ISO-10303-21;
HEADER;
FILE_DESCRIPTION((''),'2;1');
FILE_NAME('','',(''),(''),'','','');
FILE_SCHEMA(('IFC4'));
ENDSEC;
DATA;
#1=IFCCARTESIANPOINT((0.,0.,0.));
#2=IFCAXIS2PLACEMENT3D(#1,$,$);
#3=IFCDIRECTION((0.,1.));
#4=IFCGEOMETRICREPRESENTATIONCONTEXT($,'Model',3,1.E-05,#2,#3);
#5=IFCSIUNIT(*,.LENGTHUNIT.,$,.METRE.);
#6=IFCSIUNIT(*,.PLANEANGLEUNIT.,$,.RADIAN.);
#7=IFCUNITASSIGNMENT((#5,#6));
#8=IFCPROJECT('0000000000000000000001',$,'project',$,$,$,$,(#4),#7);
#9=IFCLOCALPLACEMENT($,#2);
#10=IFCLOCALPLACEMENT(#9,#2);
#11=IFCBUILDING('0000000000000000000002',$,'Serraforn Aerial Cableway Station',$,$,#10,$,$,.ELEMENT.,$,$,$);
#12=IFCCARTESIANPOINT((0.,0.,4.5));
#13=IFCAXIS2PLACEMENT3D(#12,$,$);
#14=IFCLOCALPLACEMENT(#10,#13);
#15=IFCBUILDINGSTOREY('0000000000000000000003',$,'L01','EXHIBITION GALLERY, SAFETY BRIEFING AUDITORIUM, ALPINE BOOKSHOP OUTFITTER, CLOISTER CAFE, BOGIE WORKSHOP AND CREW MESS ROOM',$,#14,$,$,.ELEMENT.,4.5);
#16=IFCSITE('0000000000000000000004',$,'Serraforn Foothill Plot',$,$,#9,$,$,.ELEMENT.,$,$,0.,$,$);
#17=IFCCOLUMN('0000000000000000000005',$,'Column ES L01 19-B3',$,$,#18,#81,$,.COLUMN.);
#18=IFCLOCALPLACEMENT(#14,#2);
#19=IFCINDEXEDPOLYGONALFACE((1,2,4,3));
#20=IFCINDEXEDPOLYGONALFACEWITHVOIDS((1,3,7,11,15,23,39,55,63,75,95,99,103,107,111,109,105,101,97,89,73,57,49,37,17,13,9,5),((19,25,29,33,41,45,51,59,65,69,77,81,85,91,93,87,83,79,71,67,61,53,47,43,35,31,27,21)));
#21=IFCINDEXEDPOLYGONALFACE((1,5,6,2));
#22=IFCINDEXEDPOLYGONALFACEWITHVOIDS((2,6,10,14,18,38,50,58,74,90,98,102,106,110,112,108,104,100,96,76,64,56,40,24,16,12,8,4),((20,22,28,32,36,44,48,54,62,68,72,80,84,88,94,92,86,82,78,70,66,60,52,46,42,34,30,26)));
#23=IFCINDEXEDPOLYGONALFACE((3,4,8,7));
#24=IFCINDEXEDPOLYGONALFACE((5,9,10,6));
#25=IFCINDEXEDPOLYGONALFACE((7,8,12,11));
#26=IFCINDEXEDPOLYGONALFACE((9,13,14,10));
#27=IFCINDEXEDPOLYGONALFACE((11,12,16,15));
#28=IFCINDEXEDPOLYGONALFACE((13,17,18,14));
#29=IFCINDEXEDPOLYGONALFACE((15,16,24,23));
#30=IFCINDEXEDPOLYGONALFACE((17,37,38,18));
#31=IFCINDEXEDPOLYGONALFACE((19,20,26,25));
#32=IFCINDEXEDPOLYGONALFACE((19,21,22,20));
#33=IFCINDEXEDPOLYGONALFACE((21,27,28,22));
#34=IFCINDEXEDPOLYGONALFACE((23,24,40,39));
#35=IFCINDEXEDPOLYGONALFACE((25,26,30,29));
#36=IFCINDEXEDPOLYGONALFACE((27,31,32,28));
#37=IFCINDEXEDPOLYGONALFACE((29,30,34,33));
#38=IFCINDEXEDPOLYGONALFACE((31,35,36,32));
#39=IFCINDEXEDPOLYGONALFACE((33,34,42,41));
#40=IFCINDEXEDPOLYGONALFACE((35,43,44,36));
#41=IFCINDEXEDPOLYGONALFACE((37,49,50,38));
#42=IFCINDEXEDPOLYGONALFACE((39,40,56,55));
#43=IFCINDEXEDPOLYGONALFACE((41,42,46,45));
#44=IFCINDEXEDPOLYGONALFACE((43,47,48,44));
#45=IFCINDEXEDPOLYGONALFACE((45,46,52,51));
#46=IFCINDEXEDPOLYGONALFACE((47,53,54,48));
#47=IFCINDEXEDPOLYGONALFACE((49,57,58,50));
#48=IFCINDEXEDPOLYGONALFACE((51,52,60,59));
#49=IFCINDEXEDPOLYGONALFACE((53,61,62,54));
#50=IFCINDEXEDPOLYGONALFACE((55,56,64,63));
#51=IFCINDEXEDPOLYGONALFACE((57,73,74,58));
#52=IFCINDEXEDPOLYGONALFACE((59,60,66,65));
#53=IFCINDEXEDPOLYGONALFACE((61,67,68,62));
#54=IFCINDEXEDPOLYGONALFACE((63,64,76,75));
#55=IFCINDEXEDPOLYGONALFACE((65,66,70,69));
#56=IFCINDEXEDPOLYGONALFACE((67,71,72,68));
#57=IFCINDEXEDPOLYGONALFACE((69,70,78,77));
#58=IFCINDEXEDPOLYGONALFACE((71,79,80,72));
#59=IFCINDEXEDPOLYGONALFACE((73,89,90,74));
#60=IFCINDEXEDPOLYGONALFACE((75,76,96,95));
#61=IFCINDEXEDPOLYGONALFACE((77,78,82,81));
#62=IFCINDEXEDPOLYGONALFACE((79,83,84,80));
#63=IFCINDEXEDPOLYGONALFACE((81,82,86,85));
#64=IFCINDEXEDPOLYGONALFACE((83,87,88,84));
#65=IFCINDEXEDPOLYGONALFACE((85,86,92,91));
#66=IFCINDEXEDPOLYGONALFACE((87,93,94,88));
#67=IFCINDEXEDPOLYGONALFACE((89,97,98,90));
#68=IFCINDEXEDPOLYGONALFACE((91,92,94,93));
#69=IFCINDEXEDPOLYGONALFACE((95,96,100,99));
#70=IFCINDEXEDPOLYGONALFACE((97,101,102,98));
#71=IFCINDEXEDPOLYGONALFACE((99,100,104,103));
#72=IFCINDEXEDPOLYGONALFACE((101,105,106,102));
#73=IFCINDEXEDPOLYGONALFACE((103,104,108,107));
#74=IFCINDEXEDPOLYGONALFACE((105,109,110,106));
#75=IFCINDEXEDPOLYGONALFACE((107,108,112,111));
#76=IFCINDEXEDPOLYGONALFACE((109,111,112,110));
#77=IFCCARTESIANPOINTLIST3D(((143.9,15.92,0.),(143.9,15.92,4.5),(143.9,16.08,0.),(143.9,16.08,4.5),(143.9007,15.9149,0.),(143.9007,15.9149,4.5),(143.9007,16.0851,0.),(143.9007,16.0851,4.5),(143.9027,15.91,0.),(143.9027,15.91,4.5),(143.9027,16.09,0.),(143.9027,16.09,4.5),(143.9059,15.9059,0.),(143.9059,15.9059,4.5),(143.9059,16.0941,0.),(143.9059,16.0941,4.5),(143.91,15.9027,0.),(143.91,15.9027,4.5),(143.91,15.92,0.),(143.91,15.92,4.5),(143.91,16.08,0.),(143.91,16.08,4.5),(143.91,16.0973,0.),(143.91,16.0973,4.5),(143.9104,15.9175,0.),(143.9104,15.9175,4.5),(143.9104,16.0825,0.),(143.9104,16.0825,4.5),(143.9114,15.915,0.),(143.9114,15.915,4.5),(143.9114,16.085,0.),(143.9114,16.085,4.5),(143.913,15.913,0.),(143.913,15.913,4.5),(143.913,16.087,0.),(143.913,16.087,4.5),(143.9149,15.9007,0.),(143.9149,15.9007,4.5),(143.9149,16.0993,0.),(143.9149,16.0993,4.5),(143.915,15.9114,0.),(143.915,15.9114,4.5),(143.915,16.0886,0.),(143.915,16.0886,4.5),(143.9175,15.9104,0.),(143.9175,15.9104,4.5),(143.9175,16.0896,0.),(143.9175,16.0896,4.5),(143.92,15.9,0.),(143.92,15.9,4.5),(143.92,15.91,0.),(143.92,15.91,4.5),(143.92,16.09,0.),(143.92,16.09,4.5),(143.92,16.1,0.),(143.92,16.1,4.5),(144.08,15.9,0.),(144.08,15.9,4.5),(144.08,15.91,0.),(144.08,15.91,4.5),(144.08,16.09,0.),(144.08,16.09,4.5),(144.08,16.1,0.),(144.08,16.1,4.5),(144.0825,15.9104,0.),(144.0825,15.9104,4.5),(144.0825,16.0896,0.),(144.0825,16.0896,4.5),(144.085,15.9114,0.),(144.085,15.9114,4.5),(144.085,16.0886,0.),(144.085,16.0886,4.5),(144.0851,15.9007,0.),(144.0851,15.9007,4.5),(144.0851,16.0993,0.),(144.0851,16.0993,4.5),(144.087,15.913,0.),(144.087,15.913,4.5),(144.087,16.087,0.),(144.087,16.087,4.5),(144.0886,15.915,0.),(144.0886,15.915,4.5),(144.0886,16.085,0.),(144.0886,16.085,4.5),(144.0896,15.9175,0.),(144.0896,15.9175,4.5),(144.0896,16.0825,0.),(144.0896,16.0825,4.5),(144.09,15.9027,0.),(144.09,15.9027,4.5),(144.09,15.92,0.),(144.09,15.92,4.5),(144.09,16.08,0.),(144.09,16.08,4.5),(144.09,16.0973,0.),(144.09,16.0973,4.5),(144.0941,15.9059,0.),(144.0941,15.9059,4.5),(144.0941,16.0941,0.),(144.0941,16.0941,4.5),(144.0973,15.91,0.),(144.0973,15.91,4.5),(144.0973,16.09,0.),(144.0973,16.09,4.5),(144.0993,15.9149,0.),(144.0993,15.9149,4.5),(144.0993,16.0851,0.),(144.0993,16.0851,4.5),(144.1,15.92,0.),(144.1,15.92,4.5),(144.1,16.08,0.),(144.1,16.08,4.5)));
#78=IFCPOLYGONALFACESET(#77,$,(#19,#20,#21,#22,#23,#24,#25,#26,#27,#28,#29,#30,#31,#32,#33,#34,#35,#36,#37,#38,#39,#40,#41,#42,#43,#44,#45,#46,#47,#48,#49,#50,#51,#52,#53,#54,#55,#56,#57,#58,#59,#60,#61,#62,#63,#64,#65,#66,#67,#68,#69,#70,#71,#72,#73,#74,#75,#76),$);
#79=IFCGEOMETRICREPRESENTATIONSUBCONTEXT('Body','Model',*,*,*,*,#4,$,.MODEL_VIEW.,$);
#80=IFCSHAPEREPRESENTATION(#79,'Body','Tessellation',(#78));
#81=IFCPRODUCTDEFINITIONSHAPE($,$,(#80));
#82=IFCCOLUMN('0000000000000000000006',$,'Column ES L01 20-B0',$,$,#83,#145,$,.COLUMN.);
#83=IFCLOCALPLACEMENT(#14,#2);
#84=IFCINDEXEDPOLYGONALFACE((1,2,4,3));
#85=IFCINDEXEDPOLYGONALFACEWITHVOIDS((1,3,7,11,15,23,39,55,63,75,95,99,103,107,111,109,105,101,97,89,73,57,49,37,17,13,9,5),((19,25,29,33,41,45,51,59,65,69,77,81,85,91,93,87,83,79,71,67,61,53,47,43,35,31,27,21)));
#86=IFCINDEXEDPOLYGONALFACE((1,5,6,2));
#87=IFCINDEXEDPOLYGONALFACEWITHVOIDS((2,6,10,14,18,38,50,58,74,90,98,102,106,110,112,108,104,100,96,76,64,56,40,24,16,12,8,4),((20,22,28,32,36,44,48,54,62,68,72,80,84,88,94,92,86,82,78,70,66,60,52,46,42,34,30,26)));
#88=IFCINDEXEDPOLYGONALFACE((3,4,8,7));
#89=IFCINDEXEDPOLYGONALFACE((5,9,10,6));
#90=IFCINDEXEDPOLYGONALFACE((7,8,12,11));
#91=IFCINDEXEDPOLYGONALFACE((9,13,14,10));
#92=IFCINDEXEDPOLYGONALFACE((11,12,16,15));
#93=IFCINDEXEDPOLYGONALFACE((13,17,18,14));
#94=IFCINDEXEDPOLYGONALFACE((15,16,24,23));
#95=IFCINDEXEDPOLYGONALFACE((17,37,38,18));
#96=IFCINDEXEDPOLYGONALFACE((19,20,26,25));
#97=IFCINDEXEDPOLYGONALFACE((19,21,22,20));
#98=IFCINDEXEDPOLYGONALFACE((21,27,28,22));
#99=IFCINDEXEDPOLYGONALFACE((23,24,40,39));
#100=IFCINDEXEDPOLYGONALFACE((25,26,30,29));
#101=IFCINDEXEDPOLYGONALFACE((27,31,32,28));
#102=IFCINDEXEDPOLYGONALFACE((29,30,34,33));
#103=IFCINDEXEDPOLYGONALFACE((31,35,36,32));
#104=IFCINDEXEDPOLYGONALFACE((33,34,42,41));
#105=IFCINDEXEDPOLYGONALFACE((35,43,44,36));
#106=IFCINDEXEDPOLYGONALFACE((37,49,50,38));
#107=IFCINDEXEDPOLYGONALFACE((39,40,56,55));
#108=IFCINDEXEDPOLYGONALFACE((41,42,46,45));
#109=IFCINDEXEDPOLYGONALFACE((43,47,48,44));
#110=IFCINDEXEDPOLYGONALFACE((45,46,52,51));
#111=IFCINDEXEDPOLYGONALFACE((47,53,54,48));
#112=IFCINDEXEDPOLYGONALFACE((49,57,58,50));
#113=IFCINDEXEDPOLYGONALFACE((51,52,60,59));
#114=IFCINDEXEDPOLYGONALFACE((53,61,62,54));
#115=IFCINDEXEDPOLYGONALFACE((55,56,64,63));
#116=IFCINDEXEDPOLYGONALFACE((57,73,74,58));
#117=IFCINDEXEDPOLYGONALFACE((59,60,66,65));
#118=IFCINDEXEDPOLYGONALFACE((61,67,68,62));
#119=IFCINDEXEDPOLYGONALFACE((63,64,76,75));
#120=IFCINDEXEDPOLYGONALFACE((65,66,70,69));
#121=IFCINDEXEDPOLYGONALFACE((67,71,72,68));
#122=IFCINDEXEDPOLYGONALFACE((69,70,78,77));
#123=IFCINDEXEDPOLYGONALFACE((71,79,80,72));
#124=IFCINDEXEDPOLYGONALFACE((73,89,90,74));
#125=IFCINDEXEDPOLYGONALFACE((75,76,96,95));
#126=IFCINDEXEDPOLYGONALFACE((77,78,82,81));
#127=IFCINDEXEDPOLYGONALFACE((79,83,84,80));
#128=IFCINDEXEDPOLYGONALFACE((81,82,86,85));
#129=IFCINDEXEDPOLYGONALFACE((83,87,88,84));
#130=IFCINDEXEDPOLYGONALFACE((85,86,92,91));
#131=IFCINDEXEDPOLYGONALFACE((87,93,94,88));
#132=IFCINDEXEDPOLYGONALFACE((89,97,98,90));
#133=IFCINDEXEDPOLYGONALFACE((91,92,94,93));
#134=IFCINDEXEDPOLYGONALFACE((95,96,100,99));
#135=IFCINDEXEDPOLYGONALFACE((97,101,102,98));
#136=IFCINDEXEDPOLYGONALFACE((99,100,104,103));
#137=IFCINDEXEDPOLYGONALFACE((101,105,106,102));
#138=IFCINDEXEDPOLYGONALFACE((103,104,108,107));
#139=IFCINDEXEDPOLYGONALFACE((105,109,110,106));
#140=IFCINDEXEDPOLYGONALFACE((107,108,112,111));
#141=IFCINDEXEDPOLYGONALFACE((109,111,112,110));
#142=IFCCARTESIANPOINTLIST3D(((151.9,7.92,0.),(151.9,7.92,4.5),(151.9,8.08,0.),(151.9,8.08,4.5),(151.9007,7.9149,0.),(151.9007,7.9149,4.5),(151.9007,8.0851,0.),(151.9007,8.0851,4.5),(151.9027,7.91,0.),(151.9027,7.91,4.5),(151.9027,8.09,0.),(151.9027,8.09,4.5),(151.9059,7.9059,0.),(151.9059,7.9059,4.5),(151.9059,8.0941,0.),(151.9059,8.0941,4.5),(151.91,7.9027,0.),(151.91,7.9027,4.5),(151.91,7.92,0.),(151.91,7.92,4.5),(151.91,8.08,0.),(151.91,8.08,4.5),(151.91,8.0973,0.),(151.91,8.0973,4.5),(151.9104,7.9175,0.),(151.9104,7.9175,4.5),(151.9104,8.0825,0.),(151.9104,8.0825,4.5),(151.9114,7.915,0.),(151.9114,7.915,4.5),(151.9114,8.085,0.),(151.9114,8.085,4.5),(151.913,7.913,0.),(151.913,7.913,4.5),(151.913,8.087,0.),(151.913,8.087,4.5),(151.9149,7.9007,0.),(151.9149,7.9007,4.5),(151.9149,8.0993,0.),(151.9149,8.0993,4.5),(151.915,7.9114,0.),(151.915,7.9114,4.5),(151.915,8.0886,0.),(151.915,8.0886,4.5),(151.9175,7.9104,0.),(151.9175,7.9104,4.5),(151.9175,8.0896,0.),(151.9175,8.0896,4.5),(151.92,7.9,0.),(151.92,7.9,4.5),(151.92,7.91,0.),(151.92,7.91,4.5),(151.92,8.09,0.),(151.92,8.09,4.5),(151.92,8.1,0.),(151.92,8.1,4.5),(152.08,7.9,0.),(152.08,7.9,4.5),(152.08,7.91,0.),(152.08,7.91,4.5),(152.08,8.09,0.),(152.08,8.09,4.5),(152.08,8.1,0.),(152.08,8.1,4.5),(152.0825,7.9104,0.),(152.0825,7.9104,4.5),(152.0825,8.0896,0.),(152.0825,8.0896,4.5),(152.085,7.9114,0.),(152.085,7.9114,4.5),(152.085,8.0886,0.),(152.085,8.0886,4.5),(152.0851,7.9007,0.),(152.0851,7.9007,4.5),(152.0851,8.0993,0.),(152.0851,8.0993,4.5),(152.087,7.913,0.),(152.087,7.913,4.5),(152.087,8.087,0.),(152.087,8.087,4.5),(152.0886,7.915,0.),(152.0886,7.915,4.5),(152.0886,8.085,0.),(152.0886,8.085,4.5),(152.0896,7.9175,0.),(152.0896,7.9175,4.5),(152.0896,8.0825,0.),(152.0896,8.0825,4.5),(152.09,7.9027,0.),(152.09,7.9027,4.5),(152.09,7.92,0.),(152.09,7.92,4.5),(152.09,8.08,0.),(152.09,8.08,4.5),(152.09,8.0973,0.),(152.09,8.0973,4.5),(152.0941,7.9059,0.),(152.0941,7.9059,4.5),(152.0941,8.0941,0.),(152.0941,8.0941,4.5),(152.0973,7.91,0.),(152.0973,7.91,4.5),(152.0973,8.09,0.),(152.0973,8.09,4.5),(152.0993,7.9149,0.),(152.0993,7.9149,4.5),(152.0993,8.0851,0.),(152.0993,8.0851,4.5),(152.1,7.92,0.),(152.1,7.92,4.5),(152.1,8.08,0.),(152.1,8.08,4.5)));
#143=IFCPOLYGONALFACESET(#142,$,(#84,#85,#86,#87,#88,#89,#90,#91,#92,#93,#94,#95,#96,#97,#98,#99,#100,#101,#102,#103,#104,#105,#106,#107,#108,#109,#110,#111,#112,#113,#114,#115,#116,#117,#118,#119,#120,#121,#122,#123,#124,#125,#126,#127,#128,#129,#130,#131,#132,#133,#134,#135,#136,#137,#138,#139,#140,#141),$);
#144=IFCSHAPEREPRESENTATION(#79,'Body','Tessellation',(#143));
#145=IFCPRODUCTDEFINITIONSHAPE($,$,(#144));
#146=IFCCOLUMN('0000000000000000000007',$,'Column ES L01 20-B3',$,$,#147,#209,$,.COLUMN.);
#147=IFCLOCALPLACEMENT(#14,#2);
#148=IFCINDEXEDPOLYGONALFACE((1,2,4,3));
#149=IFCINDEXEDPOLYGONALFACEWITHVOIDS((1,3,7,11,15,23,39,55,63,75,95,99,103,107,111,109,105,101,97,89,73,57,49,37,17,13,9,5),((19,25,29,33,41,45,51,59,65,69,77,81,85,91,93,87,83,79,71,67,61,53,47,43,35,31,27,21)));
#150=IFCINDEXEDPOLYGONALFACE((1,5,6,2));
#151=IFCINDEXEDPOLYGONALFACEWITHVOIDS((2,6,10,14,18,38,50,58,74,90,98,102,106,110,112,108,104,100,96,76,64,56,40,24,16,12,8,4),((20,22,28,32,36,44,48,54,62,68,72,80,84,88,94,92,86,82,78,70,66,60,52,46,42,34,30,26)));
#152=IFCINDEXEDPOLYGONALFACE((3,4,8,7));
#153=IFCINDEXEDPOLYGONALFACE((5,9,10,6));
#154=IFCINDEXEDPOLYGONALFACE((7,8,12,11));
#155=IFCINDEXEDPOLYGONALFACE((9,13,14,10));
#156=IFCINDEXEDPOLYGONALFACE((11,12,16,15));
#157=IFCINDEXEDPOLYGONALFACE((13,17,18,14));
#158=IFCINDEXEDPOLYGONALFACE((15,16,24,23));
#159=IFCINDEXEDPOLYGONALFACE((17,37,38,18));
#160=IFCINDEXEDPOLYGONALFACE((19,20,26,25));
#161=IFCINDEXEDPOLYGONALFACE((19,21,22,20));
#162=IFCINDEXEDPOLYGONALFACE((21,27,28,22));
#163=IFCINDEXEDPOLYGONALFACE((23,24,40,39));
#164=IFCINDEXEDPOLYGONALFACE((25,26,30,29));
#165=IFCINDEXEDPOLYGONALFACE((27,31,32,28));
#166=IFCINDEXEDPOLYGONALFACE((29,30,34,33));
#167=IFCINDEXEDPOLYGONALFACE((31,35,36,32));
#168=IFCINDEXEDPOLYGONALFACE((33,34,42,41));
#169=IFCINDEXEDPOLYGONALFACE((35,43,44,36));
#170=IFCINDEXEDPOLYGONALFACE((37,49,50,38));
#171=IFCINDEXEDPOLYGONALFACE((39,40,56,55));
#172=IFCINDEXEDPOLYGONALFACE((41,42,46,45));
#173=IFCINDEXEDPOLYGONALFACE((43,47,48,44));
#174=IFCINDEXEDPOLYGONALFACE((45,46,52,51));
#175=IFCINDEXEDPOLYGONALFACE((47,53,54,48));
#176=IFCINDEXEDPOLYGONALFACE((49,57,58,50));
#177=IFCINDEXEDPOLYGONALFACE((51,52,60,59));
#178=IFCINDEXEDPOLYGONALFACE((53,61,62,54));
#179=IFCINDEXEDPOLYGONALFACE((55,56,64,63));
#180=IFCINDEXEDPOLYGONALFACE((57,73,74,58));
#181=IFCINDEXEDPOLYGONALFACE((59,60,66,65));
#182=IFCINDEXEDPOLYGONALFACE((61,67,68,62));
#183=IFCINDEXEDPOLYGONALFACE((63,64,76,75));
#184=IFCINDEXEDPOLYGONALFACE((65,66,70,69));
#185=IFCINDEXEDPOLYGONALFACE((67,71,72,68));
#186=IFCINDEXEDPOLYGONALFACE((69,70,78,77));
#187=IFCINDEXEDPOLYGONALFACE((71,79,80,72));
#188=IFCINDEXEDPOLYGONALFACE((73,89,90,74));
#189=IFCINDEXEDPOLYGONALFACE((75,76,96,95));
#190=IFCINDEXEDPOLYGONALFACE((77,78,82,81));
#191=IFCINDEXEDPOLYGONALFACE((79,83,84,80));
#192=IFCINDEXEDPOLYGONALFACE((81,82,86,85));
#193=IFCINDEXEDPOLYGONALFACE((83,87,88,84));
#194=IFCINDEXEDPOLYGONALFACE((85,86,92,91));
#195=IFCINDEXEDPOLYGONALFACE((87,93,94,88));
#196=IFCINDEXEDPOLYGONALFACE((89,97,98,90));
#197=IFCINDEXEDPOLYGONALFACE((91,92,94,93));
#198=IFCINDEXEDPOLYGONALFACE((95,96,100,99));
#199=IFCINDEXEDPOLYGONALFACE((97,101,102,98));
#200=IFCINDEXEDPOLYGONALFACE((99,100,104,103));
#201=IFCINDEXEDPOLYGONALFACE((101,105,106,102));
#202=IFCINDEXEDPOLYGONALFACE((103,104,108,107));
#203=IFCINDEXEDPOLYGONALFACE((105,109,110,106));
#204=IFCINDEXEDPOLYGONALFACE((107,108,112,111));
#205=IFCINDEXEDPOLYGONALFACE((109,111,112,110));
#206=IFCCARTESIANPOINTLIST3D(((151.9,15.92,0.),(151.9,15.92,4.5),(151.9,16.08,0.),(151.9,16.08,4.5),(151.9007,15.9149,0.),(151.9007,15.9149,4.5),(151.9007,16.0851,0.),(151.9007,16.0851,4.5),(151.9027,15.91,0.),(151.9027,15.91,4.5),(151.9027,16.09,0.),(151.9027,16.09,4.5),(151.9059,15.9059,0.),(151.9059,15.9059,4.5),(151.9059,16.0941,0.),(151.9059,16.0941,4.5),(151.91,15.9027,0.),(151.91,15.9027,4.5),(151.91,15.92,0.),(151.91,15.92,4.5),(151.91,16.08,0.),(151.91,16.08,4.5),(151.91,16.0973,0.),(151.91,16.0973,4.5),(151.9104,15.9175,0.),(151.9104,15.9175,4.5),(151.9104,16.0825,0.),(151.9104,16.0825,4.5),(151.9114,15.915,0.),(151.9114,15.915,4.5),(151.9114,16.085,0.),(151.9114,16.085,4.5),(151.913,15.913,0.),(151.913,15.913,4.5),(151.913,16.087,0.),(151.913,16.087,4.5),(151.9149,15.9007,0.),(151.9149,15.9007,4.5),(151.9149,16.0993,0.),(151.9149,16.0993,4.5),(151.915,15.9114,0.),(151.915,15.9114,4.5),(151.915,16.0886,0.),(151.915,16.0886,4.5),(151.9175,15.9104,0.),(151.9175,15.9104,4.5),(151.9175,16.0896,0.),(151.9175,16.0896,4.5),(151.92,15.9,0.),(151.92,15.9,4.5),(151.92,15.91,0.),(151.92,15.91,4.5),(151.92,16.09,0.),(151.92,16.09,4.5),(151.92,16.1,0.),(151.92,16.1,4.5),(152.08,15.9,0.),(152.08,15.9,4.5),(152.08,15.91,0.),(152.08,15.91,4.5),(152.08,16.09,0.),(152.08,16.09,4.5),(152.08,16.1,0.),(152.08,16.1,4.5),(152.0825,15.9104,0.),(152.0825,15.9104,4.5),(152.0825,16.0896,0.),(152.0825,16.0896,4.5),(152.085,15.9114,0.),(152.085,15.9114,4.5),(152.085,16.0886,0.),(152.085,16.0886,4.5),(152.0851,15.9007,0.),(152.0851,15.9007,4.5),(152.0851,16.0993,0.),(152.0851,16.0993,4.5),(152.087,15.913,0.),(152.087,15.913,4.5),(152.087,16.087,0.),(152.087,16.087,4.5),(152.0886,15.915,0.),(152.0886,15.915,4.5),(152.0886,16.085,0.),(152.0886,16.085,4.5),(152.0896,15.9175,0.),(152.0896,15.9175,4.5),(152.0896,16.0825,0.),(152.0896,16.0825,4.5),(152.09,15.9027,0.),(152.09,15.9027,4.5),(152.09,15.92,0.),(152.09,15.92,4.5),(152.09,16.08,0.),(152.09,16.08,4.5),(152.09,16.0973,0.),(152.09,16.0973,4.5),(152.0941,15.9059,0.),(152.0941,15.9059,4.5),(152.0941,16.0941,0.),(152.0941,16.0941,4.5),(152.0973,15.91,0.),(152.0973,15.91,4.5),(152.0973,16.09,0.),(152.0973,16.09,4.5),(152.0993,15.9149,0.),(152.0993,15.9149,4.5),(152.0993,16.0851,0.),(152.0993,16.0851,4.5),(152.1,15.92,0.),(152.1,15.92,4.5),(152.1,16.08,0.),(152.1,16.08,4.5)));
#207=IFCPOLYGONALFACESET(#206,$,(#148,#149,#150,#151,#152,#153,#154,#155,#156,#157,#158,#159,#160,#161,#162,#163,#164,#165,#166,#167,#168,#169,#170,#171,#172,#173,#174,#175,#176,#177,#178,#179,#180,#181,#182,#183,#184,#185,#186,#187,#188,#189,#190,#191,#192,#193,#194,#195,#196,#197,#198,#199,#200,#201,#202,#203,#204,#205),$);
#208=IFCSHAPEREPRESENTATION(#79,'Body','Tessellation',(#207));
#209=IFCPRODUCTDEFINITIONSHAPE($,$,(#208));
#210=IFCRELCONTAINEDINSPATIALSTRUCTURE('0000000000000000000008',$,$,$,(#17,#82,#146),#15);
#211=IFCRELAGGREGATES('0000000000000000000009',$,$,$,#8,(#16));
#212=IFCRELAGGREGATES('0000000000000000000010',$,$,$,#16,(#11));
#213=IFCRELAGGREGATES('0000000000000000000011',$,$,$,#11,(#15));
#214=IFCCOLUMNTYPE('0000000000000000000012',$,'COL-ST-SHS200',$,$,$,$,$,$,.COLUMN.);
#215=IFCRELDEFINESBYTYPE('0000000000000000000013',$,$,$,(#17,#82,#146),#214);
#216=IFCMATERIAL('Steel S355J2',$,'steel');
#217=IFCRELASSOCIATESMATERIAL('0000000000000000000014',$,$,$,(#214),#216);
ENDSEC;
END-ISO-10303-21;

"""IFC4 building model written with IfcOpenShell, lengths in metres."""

from ifc_helpers import new_model, si_unit, direction, frame, origin, origin_2d, place, context, subcontext, project, spatial, hollow_rectangle, extrude, material, material_profile, profile_set, type_object, element, save


model = new_model("IFC4")

# Units and contexts
model_context = context("Model", 3, precision=1e-05, world=origin(), true_north=direction((0.0, 1.0)))
body_context = subcontext(model_context, "Body", "Model", "MODEL_VIEW")
ifc_project = project(units=[si_unit("LENGTHUNIT", "METRE"), si_unit("PLANEANGLEUNIT", "RADIAN")], contexts=[model_context])

# Site, building, storey
site_placement = place(None, origin())
site = spatial("IfcSite", under=ifc_project, at=site_placement, Name="Serraforn Foothill Plot", CompositionType="ELEMENT", RefElevation=0.0)
building_placement = place(site_placement, origin())
building = spatial("IfcBuilding", under=site, at=building_placement, Name="Serraforn Aerial Cableway Station", CompositionType="ELEMENT")
storey_placement = place(building_placement, frame((0.0, 0.0, 4.5)))
storey = spatial("IfcBuildingStorey", under=building, at=storey_placement, Name="L01", Description="EXHIBITION GALLERY, SAFETY BRIEFING AUDITORIUM, ALPINE BOOKSHOP OUTFITTER, CLOISTER CAFE, BOGIE WORKSHOP AND CREW MESS ROOM", CompositionType="ELEMENT", Elevation=4.5)

# Columns
ifc_material_1 = material(Name="Steel S355J2", Category="steel")
ifc_material_profile_1 = material_profile(ifc_material_1, hollow_rectangle(XDim=0.2, YDim=0.2, WallThickness=0.01, InnerFilletRadius=0.01, OuterFilletRadius=0.02, at=origin_2d()), Name="SHS 200x200x10.0")
ifc_profile_set_1 = profile_set([ifc_material_profile_1], Name="Steel S355J2")
column_type = type_object("IfcColumnType", Name="COL-ST-SHS200", PredefinedType="COLUMN", material=ifc_profile_set_1)
for number, where, z_axis, x_axis, name in (
    (1, (144.0, 16.0, 0.0), (0.0, 0.0, 1.0), (1.0, 0.0, 0.0), "Column ES L01 19-B3"),
    (2, (152.0, 8.0, 0.0), (0.0, 0.0, 1.0), (1.0, 0.0, 0.0), "Column ES L01 20-B0"),
    (3, (152.0, 16.0, 0.0), (0.0, 0.0, 1.0), (1.0, 0.0, 0.0), "Column ES L01 20-B3"),
):
    element("IfcColumn", number, at=place(storey_placement, frame(where, z_axis=z_axis, x_axis=x_axis)), inside=storey, type_object=column_type, Name=name, PredefinedType="COLUMN", context=body_context, shape_type="SweptSolid", body=[
        extrude(hollow_rectangle(XDim=0.2, YDim=0.2, WallThickness=0.01, InnerFilletRadius=0.01, OuterFilletRadius=0.02, at=origin_2d()), origin(), (0.0, 0.0, 1.0), 4.5),
    ])

save(model, "model.ifc")
